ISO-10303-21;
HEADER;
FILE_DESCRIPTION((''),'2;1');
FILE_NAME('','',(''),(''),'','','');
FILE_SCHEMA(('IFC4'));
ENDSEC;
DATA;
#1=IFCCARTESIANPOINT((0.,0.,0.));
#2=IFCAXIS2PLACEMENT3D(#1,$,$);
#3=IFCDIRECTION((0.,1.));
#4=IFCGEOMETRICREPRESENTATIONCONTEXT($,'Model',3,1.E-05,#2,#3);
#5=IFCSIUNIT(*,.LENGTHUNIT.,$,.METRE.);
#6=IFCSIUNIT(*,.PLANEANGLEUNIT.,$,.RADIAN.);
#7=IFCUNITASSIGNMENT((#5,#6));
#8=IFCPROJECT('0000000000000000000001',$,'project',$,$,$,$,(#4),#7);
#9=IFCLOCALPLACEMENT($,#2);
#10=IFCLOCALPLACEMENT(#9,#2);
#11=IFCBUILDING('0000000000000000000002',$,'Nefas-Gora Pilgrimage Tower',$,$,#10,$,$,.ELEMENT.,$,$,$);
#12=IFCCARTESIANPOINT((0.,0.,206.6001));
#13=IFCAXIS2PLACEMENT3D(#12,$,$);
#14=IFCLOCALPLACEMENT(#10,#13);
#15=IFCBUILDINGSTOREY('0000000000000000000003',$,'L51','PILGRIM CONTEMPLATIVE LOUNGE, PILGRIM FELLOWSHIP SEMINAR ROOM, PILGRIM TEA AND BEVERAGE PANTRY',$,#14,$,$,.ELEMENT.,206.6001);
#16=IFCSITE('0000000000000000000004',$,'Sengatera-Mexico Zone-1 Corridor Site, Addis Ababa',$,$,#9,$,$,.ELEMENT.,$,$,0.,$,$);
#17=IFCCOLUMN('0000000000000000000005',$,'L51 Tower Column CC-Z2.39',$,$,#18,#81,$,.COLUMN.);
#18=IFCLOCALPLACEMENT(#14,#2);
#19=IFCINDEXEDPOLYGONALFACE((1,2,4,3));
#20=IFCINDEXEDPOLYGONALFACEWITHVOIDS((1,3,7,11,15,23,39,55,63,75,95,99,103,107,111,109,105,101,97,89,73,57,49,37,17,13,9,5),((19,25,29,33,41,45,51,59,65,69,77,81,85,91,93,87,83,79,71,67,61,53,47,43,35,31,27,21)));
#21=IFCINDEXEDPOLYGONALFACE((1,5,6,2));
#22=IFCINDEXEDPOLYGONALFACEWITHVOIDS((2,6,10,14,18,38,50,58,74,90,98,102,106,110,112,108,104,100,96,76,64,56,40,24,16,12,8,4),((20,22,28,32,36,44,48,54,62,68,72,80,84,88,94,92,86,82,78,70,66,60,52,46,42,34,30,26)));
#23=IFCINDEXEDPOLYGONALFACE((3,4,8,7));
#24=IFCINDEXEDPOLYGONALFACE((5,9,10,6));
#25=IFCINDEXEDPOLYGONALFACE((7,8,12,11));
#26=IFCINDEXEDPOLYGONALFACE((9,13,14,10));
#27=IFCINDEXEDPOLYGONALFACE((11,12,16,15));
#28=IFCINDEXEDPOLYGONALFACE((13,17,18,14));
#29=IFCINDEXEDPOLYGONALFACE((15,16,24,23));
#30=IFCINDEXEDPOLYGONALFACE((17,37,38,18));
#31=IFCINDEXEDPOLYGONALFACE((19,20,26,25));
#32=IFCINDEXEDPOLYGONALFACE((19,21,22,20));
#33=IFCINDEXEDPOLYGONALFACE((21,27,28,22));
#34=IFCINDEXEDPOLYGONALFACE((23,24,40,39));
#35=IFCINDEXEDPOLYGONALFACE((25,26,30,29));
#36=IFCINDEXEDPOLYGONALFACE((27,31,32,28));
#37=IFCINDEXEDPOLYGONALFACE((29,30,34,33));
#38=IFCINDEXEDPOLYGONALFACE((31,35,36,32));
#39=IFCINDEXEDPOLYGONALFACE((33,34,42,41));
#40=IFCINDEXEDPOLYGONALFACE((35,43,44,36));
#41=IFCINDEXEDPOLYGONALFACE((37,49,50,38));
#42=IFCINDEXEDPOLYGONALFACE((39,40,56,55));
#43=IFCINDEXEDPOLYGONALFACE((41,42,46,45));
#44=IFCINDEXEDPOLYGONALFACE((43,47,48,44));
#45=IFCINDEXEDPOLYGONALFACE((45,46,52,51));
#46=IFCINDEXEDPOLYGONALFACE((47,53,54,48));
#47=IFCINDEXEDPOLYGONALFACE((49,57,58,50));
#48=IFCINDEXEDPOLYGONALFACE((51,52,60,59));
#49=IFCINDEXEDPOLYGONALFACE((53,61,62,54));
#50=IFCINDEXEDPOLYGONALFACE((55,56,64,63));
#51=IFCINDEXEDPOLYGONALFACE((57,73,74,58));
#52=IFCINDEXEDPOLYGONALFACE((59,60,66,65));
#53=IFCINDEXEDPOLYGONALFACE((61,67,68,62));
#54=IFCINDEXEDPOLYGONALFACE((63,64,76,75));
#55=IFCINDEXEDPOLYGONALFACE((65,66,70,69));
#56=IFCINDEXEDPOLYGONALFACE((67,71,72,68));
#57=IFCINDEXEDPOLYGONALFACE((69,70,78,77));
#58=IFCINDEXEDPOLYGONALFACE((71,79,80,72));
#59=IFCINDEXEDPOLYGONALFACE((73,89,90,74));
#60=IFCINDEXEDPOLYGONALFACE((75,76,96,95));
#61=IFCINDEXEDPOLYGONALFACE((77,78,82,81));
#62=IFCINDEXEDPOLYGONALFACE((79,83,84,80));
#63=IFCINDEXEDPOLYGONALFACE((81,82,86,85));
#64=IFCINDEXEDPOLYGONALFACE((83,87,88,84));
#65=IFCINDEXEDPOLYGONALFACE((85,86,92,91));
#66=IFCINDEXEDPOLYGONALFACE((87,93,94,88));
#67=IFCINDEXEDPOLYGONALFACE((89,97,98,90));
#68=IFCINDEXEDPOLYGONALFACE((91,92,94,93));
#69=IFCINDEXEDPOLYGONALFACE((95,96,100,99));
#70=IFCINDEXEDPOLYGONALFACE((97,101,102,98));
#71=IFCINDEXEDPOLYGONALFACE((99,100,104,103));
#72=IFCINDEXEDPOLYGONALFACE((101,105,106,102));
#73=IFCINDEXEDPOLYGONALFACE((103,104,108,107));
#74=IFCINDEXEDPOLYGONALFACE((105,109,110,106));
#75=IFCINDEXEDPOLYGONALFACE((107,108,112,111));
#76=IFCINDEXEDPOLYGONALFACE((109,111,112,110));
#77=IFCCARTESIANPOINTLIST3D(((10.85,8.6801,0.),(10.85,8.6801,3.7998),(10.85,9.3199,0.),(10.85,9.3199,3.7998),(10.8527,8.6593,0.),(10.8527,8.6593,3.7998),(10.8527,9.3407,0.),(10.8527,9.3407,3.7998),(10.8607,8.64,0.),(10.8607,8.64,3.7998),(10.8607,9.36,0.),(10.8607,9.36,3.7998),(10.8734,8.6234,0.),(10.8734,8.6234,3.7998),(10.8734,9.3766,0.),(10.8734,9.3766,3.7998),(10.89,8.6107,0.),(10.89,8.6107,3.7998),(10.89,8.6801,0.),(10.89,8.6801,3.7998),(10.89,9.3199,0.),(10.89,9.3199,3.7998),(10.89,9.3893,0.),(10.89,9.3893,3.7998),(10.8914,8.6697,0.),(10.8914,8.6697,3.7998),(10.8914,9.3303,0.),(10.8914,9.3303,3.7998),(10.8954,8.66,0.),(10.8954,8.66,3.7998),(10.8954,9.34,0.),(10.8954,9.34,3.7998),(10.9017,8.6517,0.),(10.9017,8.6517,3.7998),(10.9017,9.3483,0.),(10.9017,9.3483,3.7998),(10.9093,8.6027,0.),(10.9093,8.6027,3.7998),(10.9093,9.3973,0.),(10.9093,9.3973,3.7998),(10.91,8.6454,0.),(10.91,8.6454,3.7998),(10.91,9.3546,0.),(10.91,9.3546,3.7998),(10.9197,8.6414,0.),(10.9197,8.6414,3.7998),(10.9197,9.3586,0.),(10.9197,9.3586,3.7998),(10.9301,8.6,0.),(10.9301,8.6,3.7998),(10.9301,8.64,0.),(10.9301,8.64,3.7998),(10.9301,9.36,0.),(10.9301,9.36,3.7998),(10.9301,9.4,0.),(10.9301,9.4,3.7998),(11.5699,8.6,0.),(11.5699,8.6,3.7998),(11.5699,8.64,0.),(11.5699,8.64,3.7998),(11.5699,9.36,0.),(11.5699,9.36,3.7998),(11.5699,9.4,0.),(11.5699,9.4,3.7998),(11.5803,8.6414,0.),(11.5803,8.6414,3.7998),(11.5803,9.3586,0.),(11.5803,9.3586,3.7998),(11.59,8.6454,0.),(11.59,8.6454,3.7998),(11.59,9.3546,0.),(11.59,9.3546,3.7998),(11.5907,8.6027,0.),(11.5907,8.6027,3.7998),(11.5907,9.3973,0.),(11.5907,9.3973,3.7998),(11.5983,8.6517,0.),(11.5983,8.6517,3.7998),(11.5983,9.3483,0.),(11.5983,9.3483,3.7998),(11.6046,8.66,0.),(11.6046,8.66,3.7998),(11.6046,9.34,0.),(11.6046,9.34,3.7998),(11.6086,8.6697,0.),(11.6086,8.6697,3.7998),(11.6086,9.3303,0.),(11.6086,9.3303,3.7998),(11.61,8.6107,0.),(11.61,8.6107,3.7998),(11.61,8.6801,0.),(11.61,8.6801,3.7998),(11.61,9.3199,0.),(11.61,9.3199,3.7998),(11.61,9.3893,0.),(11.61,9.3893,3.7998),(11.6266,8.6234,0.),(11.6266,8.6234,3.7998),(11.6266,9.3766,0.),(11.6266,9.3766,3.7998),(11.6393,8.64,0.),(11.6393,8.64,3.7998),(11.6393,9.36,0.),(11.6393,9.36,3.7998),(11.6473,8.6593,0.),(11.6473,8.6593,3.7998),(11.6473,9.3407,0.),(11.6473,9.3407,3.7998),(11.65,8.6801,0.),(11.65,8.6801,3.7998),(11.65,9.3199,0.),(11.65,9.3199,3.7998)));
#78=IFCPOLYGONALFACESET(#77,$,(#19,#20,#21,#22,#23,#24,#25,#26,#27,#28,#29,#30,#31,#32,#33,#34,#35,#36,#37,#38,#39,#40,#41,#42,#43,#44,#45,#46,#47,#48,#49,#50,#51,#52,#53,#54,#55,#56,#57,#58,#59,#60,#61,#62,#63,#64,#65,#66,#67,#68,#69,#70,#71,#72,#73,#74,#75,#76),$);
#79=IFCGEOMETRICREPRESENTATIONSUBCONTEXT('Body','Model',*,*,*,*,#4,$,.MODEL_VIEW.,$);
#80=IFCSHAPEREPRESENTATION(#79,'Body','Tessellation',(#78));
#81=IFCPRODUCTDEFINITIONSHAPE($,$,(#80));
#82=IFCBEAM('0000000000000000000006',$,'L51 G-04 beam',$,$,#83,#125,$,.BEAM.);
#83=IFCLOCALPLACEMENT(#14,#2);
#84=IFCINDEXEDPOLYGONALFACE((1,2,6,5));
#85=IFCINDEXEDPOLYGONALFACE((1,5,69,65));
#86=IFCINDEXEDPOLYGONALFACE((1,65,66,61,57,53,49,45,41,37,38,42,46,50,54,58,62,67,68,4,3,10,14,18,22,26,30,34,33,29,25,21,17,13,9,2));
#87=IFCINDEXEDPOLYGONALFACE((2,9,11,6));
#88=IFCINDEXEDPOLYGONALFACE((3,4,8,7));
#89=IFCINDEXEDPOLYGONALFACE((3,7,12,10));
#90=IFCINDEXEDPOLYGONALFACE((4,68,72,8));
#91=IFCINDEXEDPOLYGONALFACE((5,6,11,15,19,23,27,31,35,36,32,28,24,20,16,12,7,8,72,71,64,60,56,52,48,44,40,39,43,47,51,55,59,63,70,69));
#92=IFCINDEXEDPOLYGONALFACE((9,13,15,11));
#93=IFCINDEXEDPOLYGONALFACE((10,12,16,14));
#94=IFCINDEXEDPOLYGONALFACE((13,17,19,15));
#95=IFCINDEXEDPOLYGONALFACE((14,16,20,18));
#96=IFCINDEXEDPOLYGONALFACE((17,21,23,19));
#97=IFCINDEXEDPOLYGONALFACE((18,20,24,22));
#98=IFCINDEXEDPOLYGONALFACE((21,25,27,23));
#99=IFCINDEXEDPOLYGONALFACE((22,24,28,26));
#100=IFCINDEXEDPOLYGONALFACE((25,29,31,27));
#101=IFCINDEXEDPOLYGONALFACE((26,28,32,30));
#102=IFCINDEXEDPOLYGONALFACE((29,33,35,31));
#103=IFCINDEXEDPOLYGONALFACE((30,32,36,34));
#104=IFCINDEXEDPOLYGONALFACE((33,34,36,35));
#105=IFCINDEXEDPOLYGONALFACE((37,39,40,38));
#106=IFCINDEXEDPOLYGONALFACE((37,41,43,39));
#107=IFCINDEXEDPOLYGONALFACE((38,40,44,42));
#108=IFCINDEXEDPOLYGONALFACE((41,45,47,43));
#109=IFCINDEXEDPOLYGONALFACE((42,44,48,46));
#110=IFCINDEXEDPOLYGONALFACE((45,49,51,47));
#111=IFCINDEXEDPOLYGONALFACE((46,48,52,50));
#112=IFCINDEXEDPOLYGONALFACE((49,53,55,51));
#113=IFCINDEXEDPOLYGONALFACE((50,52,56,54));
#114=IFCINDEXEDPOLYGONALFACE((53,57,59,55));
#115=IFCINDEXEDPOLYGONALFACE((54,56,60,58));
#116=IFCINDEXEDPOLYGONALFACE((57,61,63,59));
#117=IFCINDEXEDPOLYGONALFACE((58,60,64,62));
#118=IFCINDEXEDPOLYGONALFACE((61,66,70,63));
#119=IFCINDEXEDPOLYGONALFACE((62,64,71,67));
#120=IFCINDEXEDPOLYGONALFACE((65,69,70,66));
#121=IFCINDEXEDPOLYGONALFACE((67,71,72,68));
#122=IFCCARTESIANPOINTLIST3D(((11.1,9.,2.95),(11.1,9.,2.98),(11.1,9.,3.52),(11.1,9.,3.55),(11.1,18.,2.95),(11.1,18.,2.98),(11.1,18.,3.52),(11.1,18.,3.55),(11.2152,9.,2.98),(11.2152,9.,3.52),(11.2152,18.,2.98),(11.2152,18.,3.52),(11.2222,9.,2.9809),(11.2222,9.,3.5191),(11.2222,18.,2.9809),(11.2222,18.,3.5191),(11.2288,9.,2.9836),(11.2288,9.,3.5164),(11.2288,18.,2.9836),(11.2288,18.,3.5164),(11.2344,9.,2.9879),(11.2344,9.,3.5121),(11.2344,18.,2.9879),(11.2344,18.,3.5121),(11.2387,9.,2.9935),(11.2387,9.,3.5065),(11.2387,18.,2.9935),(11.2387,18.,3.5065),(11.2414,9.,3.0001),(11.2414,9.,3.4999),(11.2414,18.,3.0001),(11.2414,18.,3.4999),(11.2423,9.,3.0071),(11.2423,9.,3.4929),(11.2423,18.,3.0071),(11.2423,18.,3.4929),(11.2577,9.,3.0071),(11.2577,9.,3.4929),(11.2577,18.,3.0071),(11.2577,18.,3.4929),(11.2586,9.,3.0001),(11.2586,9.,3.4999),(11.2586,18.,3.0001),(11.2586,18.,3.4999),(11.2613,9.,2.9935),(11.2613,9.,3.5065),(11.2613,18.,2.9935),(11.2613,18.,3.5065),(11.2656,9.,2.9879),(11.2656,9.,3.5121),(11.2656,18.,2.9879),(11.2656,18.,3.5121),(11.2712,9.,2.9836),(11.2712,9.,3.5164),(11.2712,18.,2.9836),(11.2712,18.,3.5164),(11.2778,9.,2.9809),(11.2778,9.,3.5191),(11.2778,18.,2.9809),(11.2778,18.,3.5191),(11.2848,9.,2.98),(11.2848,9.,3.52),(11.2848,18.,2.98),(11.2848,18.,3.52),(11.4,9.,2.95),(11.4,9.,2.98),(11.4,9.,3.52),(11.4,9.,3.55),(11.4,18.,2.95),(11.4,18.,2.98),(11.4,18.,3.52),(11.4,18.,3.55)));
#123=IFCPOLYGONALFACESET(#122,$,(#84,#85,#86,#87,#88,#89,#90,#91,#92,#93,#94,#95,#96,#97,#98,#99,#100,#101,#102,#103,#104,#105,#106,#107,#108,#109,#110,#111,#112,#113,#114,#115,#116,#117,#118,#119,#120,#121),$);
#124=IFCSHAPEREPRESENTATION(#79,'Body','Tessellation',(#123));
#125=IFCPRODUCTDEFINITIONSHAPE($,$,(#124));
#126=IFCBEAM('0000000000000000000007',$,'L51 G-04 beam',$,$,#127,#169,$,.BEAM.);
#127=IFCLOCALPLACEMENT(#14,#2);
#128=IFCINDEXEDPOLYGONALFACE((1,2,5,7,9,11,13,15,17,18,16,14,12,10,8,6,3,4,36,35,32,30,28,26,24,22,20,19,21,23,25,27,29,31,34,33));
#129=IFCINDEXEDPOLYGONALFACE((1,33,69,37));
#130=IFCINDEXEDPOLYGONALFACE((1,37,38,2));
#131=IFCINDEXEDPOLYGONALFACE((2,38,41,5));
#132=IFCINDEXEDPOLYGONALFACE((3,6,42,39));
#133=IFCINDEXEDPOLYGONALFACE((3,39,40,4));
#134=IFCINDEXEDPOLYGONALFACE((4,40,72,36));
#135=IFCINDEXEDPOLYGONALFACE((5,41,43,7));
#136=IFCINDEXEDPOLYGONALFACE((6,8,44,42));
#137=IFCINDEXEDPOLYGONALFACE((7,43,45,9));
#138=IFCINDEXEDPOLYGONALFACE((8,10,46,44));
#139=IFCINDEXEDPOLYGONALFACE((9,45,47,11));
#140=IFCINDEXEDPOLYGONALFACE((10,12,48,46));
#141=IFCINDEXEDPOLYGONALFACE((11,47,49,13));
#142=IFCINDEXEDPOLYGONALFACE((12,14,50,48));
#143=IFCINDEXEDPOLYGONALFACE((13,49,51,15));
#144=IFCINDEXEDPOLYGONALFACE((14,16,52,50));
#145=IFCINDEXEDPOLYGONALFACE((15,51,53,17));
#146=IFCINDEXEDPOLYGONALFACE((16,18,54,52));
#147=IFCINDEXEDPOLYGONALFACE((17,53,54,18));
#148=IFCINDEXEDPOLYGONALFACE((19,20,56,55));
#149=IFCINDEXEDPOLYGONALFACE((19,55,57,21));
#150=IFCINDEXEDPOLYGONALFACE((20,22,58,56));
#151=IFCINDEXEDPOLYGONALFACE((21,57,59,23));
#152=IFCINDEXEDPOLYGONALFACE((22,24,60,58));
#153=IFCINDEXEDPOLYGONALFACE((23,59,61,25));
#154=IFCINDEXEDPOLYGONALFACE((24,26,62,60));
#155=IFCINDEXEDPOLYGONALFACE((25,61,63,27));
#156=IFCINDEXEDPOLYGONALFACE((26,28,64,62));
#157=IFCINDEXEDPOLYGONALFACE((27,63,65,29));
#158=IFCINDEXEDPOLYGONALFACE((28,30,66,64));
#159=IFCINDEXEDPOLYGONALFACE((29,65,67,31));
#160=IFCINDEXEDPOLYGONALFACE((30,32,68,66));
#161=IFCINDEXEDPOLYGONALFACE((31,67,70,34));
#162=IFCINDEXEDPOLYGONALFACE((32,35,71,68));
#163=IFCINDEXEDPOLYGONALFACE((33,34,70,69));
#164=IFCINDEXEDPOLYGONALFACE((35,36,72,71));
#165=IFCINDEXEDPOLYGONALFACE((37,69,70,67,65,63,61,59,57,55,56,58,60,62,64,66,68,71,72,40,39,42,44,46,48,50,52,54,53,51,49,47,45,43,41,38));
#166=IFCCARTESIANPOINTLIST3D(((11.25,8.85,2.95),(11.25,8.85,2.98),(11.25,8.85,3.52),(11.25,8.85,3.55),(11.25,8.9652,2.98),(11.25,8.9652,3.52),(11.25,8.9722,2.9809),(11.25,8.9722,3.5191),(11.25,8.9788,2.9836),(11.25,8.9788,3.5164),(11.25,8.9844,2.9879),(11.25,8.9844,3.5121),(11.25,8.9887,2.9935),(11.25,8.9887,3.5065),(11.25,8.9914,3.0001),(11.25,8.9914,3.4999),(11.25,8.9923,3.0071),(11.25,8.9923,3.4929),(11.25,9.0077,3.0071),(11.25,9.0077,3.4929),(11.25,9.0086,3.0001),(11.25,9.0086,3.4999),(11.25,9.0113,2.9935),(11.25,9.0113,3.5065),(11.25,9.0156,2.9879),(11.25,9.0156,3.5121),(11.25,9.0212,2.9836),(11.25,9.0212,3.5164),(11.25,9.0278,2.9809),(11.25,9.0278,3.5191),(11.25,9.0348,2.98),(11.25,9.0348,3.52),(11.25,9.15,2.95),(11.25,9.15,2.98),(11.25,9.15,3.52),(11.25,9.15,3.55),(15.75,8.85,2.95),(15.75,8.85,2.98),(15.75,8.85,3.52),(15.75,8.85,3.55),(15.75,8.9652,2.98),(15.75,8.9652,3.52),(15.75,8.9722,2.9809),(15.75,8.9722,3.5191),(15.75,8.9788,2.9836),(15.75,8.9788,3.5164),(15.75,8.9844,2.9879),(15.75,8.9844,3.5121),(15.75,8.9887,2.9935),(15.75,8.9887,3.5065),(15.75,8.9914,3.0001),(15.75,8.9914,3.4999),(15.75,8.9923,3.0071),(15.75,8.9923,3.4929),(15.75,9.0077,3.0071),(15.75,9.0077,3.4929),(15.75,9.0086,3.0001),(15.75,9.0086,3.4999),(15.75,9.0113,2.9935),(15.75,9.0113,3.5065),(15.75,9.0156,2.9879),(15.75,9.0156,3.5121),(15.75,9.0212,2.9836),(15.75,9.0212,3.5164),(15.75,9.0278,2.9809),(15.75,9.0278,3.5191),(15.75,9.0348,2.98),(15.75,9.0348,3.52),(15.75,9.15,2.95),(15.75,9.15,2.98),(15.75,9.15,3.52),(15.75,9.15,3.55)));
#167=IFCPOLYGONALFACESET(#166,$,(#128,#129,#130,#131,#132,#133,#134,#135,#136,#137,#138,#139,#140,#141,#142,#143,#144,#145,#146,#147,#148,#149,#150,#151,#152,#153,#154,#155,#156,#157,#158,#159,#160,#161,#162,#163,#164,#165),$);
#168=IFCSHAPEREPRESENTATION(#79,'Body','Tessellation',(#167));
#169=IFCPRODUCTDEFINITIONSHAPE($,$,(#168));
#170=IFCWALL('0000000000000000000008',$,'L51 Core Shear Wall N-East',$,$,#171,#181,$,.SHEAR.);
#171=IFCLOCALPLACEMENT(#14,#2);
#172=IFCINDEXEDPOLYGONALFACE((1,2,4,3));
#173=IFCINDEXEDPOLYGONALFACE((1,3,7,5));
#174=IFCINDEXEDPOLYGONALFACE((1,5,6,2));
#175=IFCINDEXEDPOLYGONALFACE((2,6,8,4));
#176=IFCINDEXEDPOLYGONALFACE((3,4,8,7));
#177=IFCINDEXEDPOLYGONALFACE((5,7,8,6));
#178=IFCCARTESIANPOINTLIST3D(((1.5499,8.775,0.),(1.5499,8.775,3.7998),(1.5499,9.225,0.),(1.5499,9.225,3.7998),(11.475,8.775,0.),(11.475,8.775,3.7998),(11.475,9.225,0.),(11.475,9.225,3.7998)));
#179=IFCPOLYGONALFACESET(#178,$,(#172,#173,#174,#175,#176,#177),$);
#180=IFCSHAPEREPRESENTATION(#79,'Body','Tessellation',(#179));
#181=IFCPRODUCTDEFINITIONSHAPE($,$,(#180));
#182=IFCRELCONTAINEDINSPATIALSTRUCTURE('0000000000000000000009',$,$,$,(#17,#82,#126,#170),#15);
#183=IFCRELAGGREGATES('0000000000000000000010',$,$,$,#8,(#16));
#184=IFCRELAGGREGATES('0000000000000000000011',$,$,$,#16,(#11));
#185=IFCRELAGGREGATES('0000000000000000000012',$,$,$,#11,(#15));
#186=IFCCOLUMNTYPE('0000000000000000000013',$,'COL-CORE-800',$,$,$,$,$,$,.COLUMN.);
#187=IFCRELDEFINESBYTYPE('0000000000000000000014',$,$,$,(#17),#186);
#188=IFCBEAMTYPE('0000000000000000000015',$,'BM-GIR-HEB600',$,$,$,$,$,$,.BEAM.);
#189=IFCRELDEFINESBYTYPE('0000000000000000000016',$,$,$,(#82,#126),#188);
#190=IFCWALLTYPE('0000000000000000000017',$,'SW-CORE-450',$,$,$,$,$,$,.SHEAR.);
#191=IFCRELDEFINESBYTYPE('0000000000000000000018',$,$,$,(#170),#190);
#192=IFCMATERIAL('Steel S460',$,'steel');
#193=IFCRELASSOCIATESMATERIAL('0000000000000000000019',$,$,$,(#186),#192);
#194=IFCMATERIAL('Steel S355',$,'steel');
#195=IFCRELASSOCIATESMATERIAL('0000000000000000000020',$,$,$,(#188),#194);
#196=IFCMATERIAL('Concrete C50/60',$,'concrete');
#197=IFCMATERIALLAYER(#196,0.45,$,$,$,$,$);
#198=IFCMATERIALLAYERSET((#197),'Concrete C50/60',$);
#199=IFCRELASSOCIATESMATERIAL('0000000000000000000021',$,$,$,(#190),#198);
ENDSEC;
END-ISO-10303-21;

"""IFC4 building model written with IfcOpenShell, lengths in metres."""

from ifc_helpers import new_model, si_unit, direction, frame, frame_2d, origin, origin_2d, place, context, subcontext, project, spatial, rectangle, hollow_rectangle, i_section, extrude, source, transform, mapped, material, layer, layer_set, material_profile, profile_set, type_object, element, save


model = new_model("IFC4")

# Units and contexts
model_context = context("Model", 3, precision=1e-05, world=origin(), true_north=direction((0.0, 1.0)))
body_context = subcontext(model_context, "Body", "Model", "MODEL_VIEW")
ifc_project = project(units=[si_unit("LENGTHUNIT", "METRE"), si_unit("PLANEANGLEUNIT", "RADIAN")], contexts=[model_context])

# Site, building, storey
site_placement = place(None, origin())
site = spatial("IfcSite", under=ifc_project, at=site_placement, Name="Sengatera-Mexico Zone-1 Corridor Site, Addis Ababa", CompositionType="ELEMENT", RefElevation=0.0)
building_placement = place(site_placement, origin())
building = spatial("IfcBuilding", under=site, at=building_placement, Name="Nefas-Gora Pilgrimage Tower", CompositionType="ELEMENT")
storey_placement = place(building_placement, frame((0.0, 0.0, 206.6001)))
storey = spatial("IfcBuildingStorey", under=building, at=storey_placement, Name="L51", Description="PILGRIM CONTEMPLATIVE LOUNGE, PILGRIM FELLOWSHIP SEMINAR ROOM, PILGRIM TEA AND BEVERAGE PANTRY", CompositionType="ELEMENT", Elevation=206.6001)

# Column
ifc_material_1 = material(Name="Steel S460", Category="steel")
ifc_material_profile_1 = material_profile(ifc_material_1, hollow_rectangle(XDim=0.8, YDim=0.8, WallThickness=0.04, InnerFilletRadius=0.04, OuterFilletRadius=0.0801, at=origin_2d()), Name="BOX 800x800x40")
ifc_profile_set_1 = profile_set([ifc_material_profile_1], Name="Steel S460")
column_type = type_object("IfcColumnType", Name="COL-CORE-800", PredefinedType="COLUMN", material=ifc_profile_set_1)
shared_shape_1 = source(origin(), body_context, "Body", "SweptSolid", [
    extrude(hollow_rectangle(XDim=0.8, YDim=0.8, WallThickness=0.04, InnerFilletRadius=0.04, OuterFilletRadius=0.0801, at=origin_2d()), origin(), (0.0, 0.0, 1.0), 3.7998),
])
column_placement = place(storey_placement, frame((11.25, 9.0, 0.0), z_axis=(0.0, 0.0, 1.0), x_axis=(1.0, 0.0, 0.0)))
element("IfcColumn", 1, at=column_placement, inside=storey, type_object=column_type, Name="L51 Tower Column CC-Z2.39", PredefinedType="COLUMN", context=body_context, shape_type="MappedRepresentation", body=[
    mapped(shared_shape_1, transform((0.0, 0.0, 0.0), x_axis=(1.0, 0.0, 0.0), y_axis=(0.0, 1.0, 0.0), z_axis=(0.0, 0.0, 1.0), scale=1.0)),
])

# Beams
ifc_material_2 = material(Name="Steel S355", Category="steel")
ifc_material_profile_2 = material_profile(ifc_material_2, i_section(OverallWidth=0.3, OverallDepth=0.6001, WebThickness=0.0154, FlangeThickness=0.03, FilletRadius=0.0271, at=origin_2d()), Name="HEB 600")
ifc_profile_set_2 = profile_set([ifc_material_profile_2], Name="Steel S355")
beam_type = type_object("IfcBeamType", Name="BM-GIR-HEB600", PredefinedType="BEAM", material=ifc_profile_set_2)
shared_shape_2 = source(origin(), body_context, "Body", "SweptSolid", [
    extrude(i_section(OverallWidth=0.3, OverallDepth=0.6001, WebThickness=0.0154, FlangeThickness=0.03, FilletRadius=0.0271, at=origin_2d()), origin(), (0.0, 0.0, 1.0), 9.0),
])
beam_1_placement = place(storey_placement, frame((11.25, 9.0, 3.25), z_axis=(0.0, 1.0, 0.0), x_axis=(-1.0, 0.0, 0.0)))
element("IfcBeam", 2, at=beam_1_placement, inside=storey, type_object=beam_type, Name="L51 G-04 beam", PredefinedType="BEAM", context=body_context, shape_type="MappedRepresentation", body=[
    mapped(shared_shape_2, transform((0.0, 0.0, 0.0), x_axis=(1.0, 0.0, 0.0), y_axis=(0.0, 1.0, 0.0), z_axis=(0.0, 0.0, 1.0), scale=1.0)),
])
shared_shape_3 = source(origin(), body_context, "Body", "SweptSolid", [
    extrude(i_section(OverallWidth=0.3, OverallDepth=0.6001, WebThickness=0.0154, FlangeThickness=0.03, FilletRadius=0.0271, at=origin_2d()), origin(), (0.0, 0.0, 1.0), 4.5),
])
beam_2_placement = place(storey_placement, frame((11.25, 9.0, 3.25), z_axis=(1.0, 0.0, 0.0), x_axis=(0.0, 1.0, 0.0)))
element("IfcBeam", 3, at=beam_2_placement, inside=storey, type_object=beam_type, Name="L51 G-04 beam", PredefinedType="BEAM", context=body_context, shape_type="MappedRepresentation", body=[
    mapped(shared_shape_3, transform((0.0, 0.0, 0.0), x_axis=(1.0, 0.0, 0.0), y_axis=(0.0, 1.0, 0.0), z_axis=(0.0, 0.0, 1.0), scale=1.0)),
])

# Wall
ifc_material_3 = material(Name="Concrete C50/60", Category="concrete")
ifc_layer_1 = layer(ifc_material_3, 0.45)
ifc_layer_set_1 = layer_set([ifc_layer_1], Name="Concrete C50/60")
wall_type_1 = type_object("IfcWallType", Name="SW-CORE-450", PredefinedType="SHEAR", material=ifc_layer_set_1)
shared_shape_4 = source(origin(), body_context, "Body", "SweptSolid", [
    extrude(rectangle(XDim=9.925, YDim=0.45, at=frame_2d((4.9624, 0.0))), origin(), (0.0, 0.0, 1.0), 3.7998),
])
wall_1_placement = place(storey_placement, frame((1.55, 9.0, 0.0), z_axis=(0.0, 0.0, 1.0), x_axis=(1.0, 0.0, 0.0)))
element("IfcWall", 4, at=wall_1_placement, inside=storey, type_object=wall_type_1, Name="L51 Core Shear Wall N-East", PredefinedType="SHEAR", context=body_context, shape_type="MappedRepresentation", body=[
    mapped(shared_shape_4, transform((0.0, 0.0, 0.0), x_axis=(1.0, 0.0, 0.0), y_axis=(0.0, 1.0, 0.0), z_axis=(0.0, 0.0, 1.0), scale=1.0)),
])

save(model, "model.ifc")
